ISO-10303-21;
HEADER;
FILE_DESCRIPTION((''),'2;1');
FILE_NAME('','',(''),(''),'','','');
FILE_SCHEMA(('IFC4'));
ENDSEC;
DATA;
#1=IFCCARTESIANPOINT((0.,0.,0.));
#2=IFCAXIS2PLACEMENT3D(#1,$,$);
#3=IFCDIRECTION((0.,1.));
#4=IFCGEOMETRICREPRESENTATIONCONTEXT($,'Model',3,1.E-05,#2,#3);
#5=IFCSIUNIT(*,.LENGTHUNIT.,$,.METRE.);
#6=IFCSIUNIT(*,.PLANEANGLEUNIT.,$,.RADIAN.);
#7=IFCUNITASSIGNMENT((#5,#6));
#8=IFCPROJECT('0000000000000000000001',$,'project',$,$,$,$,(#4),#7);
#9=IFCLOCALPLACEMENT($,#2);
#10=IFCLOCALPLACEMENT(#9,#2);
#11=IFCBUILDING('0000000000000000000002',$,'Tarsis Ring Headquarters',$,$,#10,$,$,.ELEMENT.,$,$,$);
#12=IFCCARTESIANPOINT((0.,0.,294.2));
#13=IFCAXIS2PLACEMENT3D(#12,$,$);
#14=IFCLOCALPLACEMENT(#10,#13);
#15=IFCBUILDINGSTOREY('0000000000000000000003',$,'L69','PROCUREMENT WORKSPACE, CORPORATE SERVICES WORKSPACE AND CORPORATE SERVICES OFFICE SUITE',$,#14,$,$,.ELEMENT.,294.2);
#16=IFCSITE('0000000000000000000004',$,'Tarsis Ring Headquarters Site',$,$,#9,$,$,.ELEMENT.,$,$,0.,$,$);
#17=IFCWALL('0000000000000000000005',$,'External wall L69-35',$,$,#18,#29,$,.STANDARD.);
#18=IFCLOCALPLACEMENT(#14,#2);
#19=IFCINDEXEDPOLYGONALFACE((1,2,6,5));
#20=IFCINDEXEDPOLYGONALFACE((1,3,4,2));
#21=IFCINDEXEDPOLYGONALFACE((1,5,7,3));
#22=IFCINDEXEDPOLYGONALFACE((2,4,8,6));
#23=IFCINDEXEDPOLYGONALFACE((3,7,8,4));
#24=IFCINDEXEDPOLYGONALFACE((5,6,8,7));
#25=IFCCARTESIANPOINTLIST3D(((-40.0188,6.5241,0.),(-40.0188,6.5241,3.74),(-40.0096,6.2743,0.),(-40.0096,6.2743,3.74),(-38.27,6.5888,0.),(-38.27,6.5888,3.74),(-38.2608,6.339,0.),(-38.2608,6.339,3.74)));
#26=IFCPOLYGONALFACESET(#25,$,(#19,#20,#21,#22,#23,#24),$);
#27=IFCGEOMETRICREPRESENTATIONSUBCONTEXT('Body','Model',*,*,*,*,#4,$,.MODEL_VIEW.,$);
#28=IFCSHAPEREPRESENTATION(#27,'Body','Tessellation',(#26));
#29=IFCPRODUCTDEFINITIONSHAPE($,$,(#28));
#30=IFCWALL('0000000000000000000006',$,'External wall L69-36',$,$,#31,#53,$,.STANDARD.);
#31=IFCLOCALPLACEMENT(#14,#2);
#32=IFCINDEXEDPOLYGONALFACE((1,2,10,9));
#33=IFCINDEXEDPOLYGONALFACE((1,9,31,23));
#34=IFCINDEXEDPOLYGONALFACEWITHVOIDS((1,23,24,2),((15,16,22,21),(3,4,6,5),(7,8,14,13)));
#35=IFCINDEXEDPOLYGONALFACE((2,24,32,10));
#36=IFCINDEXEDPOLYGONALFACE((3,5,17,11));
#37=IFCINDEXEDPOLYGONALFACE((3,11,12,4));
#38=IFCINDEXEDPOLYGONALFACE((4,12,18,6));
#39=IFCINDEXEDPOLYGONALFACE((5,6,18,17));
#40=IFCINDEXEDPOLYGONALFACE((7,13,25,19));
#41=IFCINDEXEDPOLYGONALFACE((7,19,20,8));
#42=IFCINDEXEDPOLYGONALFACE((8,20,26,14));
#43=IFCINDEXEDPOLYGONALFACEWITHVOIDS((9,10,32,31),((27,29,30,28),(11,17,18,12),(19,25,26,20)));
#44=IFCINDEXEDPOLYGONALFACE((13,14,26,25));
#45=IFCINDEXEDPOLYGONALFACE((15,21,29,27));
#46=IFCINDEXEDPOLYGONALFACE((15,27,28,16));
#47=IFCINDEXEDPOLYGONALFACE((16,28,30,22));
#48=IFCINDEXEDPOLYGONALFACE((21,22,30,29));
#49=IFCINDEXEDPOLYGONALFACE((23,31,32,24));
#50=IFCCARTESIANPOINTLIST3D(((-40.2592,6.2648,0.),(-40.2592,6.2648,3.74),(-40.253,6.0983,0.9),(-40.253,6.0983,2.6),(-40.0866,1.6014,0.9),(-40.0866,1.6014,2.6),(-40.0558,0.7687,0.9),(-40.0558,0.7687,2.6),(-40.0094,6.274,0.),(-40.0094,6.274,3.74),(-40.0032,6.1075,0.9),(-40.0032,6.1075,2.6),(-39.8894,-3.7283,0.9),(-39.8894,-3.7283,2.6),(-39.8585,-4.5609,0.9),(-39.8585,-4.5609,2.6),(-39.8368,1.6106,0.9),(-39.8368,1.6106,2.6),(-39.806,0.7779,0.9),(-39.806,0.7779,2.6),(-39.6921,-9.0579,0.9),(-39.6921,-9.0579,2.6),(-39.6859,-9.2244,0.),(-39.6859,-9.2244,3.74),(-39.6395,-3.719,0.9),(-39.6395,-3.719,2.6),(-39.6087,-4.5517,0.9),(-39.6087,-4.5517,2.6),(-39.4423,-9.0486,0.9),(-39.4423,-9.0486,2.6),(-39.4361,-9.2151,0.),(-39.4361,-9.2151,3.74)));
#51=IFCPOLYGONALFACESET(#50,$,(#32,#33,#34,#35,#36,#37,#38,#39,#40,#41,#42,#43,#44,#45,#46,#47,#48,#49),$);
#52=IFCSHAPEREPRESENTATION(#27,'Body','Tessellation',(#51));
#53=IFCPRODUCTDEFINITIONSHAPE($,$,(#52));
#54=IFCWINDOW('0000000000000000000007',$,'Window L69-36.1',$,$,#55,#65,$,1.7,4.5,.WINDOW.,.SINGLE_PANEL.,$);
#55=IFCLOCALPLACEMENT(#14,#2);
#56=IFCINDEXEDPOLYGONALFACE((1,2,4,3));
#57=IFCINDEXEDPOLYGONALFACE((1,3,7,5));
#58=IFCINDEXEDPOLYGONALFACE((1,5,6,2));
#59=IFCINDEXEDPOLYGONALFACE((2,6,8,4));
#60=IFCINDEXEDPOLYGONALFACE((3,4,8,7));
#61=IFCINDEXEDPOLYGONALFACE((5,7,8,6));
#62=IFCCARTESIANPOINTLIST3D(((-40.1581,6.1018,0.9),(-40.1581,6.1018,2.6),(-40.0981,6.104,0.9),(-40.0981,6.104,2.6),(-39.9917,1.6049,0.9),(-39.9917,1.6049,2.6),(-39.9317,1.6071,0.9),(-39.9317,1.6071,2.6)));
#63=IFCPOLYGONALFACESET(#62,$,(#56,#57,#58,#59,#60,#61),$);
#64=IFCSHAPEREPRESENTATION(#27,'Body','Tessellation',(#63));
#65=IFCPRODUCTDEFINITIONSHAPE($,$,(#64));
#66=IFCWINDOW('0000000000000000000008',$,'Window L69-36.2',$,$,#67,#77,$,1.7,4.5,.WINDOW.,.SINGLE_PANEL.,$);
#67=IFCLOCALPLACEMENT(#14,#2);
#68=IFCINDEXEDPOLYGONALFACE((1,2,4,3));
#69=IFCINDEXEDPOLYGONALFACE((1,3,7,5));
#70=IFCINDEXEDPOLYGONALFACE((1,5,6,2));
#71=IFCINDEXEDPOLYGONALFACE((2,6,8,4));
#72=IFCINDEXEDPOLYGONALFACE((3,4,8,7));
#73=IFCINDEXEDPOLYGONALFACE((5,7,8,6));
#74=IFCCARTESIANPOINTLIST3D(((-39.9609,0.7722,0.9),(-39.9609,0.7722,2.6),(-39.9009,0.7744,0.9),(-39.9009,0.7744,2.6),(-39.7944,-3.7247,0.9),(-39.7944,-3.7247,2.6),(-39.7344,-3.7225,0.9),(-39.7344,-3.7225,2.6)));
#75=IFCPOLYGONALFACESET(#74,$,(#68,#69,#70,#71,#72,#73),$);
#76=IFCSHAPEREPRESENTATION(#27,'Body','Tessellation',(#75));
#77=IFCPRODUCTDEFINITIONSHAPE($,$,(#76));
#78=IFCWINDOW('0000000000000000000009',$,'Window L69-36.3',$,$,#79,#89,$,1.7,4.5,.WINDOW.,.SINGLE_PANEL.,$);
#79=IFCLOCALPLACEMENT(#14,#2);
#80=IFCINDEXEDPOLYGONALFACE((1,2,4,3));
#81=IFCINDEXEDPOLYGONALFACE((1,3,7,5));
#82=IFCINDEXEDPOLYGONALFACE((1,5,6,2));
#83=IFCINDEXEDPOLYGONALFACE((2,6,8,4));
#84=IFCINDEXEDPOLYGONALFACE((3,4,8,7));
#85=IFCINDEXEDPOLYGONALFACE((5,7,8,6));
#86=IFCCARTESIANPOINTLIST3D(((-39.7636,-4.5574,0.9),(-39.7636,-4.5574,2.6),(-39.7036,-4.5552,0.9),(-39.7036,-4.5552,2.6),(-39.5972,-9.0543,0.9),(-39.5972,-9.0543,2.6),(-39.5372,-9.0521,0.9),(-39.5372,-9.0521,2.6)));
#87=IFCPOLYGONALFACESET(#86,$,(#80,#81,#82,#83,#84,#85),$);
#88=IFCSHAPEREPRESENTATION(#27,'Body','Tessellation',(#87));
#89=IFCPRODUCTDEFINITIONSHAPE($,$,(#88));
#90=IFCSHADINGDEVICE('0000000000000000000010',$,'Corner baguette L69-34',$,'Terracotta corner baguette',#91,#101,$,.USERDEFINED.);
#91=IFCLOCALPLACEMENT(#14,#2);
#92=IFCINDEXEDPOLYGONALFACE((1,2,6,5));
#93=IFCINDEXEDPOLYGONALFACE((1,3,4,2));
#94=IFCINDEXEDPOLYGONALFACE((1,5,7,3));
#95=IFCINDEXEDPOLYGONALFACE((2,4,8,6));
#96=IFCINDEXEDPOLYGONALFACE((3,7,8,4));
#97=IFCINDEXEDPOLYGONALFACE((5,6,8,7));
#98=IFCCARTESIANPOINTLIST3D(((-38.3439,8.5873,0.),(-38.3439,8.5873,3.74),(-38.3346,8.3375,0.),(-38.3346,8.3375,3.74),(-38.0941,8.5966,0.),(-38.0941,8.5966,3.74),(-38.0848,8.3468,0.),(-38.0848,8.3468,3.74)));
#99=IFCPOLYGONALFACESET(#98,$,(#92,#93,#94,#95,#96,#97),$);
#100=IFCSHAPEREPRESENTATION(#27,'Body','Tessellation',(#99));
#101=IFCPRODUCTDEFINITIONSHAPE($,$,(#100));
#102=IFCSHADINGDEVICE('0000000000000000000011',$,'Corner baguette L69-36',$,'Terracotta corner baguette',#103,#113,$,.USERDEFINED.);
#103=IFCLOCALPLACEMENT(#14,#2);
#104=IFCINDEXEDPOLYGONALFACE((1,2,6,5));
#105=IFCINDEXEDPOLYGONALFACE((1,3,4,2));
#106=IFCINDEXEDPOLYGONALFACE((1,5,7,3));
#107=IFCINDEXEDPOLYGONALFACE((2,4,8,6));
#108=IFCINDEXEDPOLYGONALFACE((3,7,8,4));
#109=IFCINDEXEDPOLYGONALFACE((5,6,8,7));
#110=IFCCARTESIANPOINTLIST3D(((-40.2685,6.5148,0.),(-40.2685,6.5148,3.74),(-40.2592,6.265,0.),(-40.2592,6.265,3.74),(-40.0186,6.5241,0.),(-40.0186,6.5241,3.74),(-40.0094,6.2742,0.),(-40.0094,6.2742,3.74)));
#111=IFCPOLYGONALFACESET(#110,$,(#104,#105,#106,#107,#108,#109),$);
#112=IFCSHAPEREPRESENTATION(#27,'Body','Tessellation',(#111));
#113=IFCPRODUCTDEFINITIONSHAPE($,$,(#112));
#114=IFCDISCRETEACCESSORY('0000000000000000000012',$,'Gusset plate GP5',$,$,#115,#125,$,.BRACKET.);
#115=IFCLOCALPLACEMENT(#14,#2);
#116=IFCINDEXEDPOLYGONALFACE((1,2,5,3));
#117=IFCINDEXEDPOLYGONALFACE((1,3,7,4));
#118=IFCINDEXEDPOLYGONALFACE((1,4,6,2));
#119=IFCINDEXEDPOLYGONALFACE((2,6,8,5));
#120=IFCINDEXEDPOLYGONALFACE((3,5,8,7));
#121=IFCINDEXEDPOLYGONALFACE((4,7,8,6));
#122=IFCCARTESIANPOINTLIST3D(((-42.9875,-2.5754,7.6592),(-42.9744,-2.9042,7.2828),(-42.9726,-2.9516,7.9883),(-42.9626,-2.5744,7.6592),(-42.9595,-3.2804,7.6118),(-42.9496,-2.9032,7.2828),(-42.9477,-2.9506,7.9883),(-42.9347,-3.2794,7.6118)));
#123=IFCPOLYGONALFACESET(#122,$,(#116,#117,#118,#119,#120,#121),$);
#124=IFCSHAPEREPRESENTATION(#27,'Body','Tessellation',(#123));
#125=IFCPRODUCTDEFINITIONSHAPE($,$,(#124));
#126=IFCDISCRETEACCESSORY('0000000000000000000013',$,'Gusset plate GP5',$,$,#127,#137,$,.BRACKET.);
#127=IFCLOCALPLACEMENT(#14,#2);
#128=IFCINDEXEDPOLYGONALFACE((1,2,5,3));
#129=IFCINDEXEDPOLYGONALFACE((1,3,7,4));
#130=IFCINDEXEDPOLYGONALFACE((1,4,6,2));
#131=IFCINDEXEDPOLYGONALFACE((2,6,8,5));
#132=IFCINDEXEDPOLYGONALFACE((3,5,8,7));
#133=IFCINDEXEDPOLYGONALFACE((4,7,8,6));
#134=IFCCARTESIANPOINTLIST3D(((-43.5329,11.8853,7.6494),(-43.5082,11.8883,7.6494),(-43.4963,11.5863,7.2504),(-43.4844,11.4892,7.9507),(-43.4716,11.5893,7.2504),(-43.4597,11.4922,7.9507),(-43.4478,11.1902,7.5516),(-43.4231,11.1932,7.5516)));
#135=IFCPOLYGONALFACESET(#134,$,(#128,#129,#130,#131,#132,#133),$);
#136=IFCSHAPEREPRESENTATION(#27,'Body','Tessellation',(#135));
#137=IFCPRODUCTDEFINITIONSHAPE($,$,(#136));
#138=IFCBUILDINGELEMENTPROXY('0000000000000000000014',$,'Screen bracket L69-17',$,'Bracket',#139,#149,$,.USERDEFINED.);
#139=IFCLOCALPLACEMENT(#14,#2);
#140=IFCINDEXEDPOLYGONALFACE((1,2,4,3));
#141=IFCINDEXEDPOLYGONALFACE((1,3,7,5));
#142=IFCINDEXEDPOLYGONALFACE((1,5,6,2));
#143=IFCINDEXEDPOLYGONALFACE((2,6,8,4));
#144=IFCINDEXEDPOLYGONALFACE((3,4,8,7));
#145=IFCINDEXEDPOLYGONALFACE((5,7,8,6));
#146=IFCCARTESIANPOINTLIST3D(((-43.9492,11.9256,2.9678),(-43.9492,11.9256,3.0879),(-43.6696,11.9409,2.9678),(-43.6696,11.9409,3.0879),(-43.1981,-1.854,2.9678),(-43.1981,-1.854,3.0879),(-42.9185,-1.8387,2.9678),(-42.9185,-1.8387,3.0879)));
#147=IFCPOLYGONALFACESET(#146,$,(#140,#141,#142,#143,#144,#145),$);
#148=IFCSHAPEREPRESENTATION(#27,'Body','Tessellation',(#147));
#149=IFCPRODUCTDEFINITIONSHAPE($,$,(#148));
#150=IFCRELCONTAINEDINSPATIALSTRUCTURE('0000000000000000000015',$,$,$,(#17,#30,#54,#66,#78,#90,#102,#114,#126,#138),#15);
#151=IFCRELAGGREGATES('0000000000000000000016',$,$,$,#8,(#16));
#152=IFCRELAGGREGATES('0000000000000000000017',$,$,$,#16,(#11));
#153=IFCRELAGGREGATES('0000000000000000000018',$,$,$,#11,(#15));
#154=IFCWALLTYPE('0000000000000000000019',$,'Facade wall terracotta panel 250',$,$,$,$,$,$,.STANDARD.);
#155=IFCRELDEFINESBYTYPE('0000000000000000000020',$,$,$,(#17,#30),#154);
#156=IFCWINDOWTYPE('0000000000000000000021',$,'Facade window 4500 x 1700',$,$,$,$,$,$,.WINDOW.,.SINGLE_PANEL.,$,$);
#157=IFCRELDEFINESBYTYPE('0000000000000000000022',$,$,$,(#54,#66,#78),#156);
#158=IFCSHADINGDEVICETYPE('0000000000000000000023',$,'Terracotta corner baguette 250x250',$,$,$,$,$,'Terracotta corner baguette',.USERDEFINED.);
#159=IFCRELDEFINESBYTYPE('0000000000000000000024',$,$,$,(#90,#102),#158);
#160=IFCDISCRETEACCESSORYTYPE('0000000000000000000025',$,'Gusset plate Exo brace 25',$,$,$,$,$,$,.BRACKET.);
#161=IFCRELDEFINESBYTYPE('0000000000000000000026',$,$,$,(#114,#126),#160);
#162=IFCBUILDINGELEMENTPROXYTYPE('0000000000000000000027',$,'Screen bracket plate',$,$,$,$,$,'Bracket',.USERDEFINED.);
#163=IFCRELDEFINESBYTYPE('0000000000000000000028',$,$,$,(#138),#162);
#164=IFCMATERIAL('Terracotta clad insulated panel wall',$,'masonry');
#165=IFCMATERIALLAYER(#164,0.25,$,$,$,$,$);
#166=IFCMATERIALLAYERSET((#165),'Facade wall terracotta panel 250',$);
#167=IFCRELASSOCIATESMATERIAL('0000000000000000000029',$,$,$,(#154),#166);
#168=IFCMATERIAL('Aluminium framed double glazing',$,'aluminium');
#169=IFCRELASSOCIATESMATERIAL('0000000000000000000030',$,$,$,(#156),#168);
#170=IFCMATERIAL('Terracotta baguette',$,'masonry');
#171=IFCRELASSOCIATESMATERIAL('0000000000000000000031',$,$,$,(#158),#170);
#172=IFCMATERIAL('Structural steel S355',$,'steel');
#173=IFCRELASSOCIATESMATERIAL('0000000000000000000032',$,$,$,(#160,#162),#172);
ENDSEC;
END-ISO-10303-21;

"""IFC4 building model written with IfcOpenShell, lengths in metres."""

from ifc_helpers import new_model, si_unit, direction, frame, frame_2d, origin, origin_2d, place, context, subcontext, project, spatial, rectangle, extrude, material, layer, layer_set, material_profile, profile_set, type_object, element, fill, save


model = new_model("IFC4")

# Units and contexts
model_context = context("Model", 3, precision=1e-05, world=origin(), true_north=direction((0.0, 1.0)))
body_context = subcontext(model_context, "Body", "Model", "MODEL_VIEW")
ifc_project = project(units=[si_unit("LENGTHUNIT", "METRE"), si_unit("PLANEANGLEUNIT", "RADIAN")], contexts=[model_context])

# Site, building, storey
site_placement = place(None, origin())
site = spatial("IfcSite", under=ifc_project, at=site_placement, Name="Tarsis Ring Headquarters Site", CompositionType="ELEMENT", RefElevation=0.0)
building_placement = place(site_placement, origin())
building = spatial("IfcBuilding", under=site, at=building_placement, Name="Tarsis Ring Headquarters", CompositionType="ELEMENT")
storey_placement = place(building_placement, frame((0.0, 0.0, 294.2)))
storey = spatial("IfcBuildingStorey", under=building, at=storey_placement, Name="L69", Description="PROCUREMENT WORKSPACE, CORPORATE SERVICES WORKSPACE AND CORPORATE SERVICES OFFICE SUITE", CompositionType="ELEMENT", Elevation=294.2)

# Shared definitions
ifc_material_1 = material(Name="Structural steel S355", Category="steel")

# Wall
ifc_material_2 = material(Name="Terracotta clad insulated panel wall", Category="masonry")
ifc_layer_1 = layer(ifc_material_2, 0.25)
ifc_layer_set_1 = layer_set([ifc_layer_1], Name="Facade wall terracotta panel 250")
wall_type_1 = type_object("IfcWallType", Name="Facade wall terracotta panel 250", PredefinedType="STANDARD", material=ifc_layer_set_1)
wall_1_placement = place(storey_placement, frame((-38.2654, 6.4639, 0.0), z_axis=(0.0, 0.0, 1.0), x_axis=(-0.999316, -0.03697, 0.0)))
element("IfcWall", 1, at=wall_1_placement, inside=storey, type_object=wall_type_1, Name="External wall L69-35", PredefinedType="STANDARD", context=body_context, shape_type="SweptSolid", body=[
    extrude(rectangle(XDim=1.75, YDim=0.25, at=frame_2d((0.875, 0.0))), origin(), (0.0, 0.0, 1.0), 3.74),
])

# Wall, openings, windows
wall_2_placement = place(storey_placement, frame((-40.1343, 6.2695, 0.0), z_axis=(0.0, 0.0, 1.0), x_axis=(0.036984, -0.999316, 0.0)))
wall_2 = element("IfcWall", 2, at=wall_2_placement, inside=storey, type_object=wall_type_1, Name="External wall L69-36", PredefinedType="STANDARD", context=body_context, shape_type="SweptSolid", body=[
    extrude(rectangle(XDim=15.4998, YDim=0.25, at=frame_2d((7.75, 0.0))), origin(), (0.0, 0.0, 1.0), 3.74),
])
opening_1_placement = place(wall_2_placement, frame((0.1667, 0.0, 0.8999)))
opening_1 = element("IfcOpeningElement", 3, at=opening_1_placement, cuts=wall_2, PredefinedType="OPENING", context=body_context, shape_type="SweptSolid", body=[
    extrude(rectangle(XDim=4.5, YDim=1.7, at=frame_2d((2.25, 0.8501))), frame((0.0, 0.135, 0.0), z_axis=(0.0, -1.0, 0.0), x_axis=(1.0, 0.0, 0.0)), (0.0, 0.0, 1.0), 0.27),
])
opening_2_placement = place(wall_2_placement, frame((5.5, 0.0, 0.8999)))
opening_2 = element("IfcOpeningElement", 4, at=opening_2_placement, cuts=wall_2, PredefinedType="OPENING", context=body_context, shape_type="SweptSolid", body=[
    extrude(rectangle(XDim=4.5, YDim=1.7, at=frame_2d((2.25, 0.8501))), frame((0.0, 0.135, 0.0), z_axis=(0.0, -1.0, 0.0), x_axis=(1.0, 0.0, 0.0)), (0.0, 0.0, 1.0), 0.27),
])
opening_3_placement = place(wall_2_placement, frame((10.8333, 0.0, 0.8999)))
opening_3 = element("IfcOpeningElement", 5, at=opening_3_placement, cuts=wall_2, PredefinedType="OPENING", context=body_context, shape_type="SweptSolid", body=[
    extrude(rectangle(XDim=4.5, YDim=1.7, at=frame_2d((2.25, 0.8501))), frame((0.0, 0.135, 0.0), z_axis=(0.0, -1.0, 0.0), x_axis=(1.0, 0.0, 0.0)), (0.0, 0.0, 1.0), 0.27),
])
ifc_material_3 = material(Name="Aluminium framed double glazing", Category="aluminium")
window_type = type_object("IfcWindowType", Name="Facade window 4500 x 1700", PartitioningType="SINGLE_PANEL", PredefinedType="WINDOW", material=ifc_material_3)
window_1_placement = place(opening_1_placement, origin())
window_1 = element("IfcWindow", 6, at=window_1_placement, inside=storey, type_object=window_type, Name="Window L69-36.1", OverallHeight=1.7, OverallWidth=4.5, PartitioningType="SINGLE_PANEL", PredefinedType="WINDOW", context=body_context, shape_type="SweptSolid", body=[
    extrude(rectangle(XDim=4.5, YDim=1.7, at=frame_2d((2.25, 0.8501))), frame((0.0, 0.03, 0.0), z_axis=(0.0, -1.0, 0.0), x_axis=(1.0, 0.0, 0.0)), (0.0, 0.0, 1.0), 0.0601),
])
fill(opening_1, window_1)
window_2_placement = place(opening_2_placement, origin())
window_2 = element("IfcWindow", 7, at=window_2_placement, inside=storey, type_object=window_type, Name="Window L69-36.2", OverallHeight=1.7, OverallWidth=4.5, PartitioningType="SINGLE_PANEL", PredefinedType="WINDOW", context=body_context, shape_type="SweptSolid", body=[
    extrude(rectangle(XDim=4.5, YDim=1.7, at=frame_2d((2.25, 0.8501))), frame((0.0, 0.03, 0.0), z_axis=(0.0, -1.0, 0.0), x_axis=(1.0, 0.0, 0.0)), (0.0, 0.0, 1.0), 0.0601),
])
fill(opening_2, window_2)
window_3_placement = place(opening_3_placement, origin())
window_3 = element("IfcWindow", 8, at=window_3_placement, inside=storey, type_object=window_type, Name="Window L69-36.3", OverallHeight=1.7, OverallWidth=4.5, PartitioningType="SINGLE_PANEL", PredefinedType="WINDOW", context=body_context, shape_type="SweptSolid", body=[
    extrude(rectangle(XDim=4.5, YDim=1.7, at=frame_2d((2.25, 0.8501))), frame((0.0, 0.03, 0.0), z_axis=(0.0, -1.0, 0.0), x_axis=(1.0, 0.0, 0.0)), (0.0, 0.0, 1.0), 0.0601),
])
fill(opening_3, window_3)

# Shading devices
ifc_material_4 = material(Name="Terracotta baguette", Category="masonry")
shading_device_type_1 = type_object("IfcShadingDeviceType", Name="Terracotta corner baguette 250x250", ElementType="Terracotta corner baguette", PredefinedType="USERDEFINED", material=ifc_material_4)
for number, where, z_axis, x_axis, name in (
    (9, (-38.2144, 8.467, 0.0), (0.0, 0.0, 1.0), (-0.999316, -0.036993, 0.0), "Corner baguette L69-34"),
    (10, (-40.1389, 6.3945, 0.0), (0.0, 0.0, 1.0), (-0.999316, -0.036993, 0.0), "Corner baguette L69-36"),
):
    element("IfcShadingDevice", number, at=place(storey_placement, frame(where, z_axis=z_axis, x_axis=x_axis)), inside=storey, type_object=shading_device_type_1, Name=name, ObjectType="Terracotta corner baguette", PredefinedType="USERDEFINED", context=body_context, shape_type="SweptSolid", body=[
        extrude(rectangle(XDim=0.25, YDim=0.25, at=origin_2d()), origin(), (0.0, 0.0, 1.0), 3.74),
    ])

# Discrete accessories
ifc_material_profile_1 = material_profile(ifc_material_1, rectangle(XDim=0.0249, YDim=0.5, at=origin_2d()), Name="PL 25x500")
ifc_profile_set_1 = profile_set([ifc_material_profile_1], Name="Structural steel S355")
discrete_accessory_type = type_object("IfcDiscreteAccessoryType", Name="Gusset plate Exo brace 25", PredefinedType="BRACKET", material=ifc_profile_set_1)
for number, where, z_axis, x_axis, name in (
    (11, (-42.9536, -3.1155, 7.8), (-0.029781, 0.752334, -0.658109), (-0.999217, -0.039554, 0.0), "Gusset plate GP5"),
    (12, (-43.4963, 11.6887, 7.8), (0.073224, -0.597999, -0.798145), (0.992586, 0.121541, 0.0), "Gusset plate GP5"),
):
    element("IfcDiscreteAccessory", number, at=place(storey_placement, frame(where, z_axis=z_axis, x_axis=x_axis)), inside=storey, type_object=discrete_accessory_type, Name=name, PredefinedType="BRACKET", context=body_context, shape_type="SweptSolid", body=[
        extrude(rectangle(XDim=0.0249, YDim=0.5, at=origin_2d()), origin(), (0.0, 0.0, 1.0), 0.5),
    ])

# Building element proxy
building_element_proxy_type = type_object("IfcBuildingElementProxyType", Name="Screen bracket plate", ElementType="Bracket", PredefinedType="USERDEFINED", material=ifc_material_1)
proxy_placement = place(storey_placement, frame((-43.4338, 5.0435, 2.9678), z_axis=(0.0, 0.0, 1.0), x_axis=(0.054427, -0.998518, 0.0)))
element("IfcBuildingElementProxy", 13, at=proxy_placement, inside=storey, type_object=building_element_proxy_type, Name="Screen bracket L69-17", ObjectType="Bracket", PredefinedType="USERDEFINED", context=body_context, shape_type="SweptSolid", body=[
    extrude(rectangle(XDim=13.8, YDim=0.28, at=origin_2d()), origin(), (0.0, 0.0, 1.0), 0.1201),
])

save(model, "model.ifc")
